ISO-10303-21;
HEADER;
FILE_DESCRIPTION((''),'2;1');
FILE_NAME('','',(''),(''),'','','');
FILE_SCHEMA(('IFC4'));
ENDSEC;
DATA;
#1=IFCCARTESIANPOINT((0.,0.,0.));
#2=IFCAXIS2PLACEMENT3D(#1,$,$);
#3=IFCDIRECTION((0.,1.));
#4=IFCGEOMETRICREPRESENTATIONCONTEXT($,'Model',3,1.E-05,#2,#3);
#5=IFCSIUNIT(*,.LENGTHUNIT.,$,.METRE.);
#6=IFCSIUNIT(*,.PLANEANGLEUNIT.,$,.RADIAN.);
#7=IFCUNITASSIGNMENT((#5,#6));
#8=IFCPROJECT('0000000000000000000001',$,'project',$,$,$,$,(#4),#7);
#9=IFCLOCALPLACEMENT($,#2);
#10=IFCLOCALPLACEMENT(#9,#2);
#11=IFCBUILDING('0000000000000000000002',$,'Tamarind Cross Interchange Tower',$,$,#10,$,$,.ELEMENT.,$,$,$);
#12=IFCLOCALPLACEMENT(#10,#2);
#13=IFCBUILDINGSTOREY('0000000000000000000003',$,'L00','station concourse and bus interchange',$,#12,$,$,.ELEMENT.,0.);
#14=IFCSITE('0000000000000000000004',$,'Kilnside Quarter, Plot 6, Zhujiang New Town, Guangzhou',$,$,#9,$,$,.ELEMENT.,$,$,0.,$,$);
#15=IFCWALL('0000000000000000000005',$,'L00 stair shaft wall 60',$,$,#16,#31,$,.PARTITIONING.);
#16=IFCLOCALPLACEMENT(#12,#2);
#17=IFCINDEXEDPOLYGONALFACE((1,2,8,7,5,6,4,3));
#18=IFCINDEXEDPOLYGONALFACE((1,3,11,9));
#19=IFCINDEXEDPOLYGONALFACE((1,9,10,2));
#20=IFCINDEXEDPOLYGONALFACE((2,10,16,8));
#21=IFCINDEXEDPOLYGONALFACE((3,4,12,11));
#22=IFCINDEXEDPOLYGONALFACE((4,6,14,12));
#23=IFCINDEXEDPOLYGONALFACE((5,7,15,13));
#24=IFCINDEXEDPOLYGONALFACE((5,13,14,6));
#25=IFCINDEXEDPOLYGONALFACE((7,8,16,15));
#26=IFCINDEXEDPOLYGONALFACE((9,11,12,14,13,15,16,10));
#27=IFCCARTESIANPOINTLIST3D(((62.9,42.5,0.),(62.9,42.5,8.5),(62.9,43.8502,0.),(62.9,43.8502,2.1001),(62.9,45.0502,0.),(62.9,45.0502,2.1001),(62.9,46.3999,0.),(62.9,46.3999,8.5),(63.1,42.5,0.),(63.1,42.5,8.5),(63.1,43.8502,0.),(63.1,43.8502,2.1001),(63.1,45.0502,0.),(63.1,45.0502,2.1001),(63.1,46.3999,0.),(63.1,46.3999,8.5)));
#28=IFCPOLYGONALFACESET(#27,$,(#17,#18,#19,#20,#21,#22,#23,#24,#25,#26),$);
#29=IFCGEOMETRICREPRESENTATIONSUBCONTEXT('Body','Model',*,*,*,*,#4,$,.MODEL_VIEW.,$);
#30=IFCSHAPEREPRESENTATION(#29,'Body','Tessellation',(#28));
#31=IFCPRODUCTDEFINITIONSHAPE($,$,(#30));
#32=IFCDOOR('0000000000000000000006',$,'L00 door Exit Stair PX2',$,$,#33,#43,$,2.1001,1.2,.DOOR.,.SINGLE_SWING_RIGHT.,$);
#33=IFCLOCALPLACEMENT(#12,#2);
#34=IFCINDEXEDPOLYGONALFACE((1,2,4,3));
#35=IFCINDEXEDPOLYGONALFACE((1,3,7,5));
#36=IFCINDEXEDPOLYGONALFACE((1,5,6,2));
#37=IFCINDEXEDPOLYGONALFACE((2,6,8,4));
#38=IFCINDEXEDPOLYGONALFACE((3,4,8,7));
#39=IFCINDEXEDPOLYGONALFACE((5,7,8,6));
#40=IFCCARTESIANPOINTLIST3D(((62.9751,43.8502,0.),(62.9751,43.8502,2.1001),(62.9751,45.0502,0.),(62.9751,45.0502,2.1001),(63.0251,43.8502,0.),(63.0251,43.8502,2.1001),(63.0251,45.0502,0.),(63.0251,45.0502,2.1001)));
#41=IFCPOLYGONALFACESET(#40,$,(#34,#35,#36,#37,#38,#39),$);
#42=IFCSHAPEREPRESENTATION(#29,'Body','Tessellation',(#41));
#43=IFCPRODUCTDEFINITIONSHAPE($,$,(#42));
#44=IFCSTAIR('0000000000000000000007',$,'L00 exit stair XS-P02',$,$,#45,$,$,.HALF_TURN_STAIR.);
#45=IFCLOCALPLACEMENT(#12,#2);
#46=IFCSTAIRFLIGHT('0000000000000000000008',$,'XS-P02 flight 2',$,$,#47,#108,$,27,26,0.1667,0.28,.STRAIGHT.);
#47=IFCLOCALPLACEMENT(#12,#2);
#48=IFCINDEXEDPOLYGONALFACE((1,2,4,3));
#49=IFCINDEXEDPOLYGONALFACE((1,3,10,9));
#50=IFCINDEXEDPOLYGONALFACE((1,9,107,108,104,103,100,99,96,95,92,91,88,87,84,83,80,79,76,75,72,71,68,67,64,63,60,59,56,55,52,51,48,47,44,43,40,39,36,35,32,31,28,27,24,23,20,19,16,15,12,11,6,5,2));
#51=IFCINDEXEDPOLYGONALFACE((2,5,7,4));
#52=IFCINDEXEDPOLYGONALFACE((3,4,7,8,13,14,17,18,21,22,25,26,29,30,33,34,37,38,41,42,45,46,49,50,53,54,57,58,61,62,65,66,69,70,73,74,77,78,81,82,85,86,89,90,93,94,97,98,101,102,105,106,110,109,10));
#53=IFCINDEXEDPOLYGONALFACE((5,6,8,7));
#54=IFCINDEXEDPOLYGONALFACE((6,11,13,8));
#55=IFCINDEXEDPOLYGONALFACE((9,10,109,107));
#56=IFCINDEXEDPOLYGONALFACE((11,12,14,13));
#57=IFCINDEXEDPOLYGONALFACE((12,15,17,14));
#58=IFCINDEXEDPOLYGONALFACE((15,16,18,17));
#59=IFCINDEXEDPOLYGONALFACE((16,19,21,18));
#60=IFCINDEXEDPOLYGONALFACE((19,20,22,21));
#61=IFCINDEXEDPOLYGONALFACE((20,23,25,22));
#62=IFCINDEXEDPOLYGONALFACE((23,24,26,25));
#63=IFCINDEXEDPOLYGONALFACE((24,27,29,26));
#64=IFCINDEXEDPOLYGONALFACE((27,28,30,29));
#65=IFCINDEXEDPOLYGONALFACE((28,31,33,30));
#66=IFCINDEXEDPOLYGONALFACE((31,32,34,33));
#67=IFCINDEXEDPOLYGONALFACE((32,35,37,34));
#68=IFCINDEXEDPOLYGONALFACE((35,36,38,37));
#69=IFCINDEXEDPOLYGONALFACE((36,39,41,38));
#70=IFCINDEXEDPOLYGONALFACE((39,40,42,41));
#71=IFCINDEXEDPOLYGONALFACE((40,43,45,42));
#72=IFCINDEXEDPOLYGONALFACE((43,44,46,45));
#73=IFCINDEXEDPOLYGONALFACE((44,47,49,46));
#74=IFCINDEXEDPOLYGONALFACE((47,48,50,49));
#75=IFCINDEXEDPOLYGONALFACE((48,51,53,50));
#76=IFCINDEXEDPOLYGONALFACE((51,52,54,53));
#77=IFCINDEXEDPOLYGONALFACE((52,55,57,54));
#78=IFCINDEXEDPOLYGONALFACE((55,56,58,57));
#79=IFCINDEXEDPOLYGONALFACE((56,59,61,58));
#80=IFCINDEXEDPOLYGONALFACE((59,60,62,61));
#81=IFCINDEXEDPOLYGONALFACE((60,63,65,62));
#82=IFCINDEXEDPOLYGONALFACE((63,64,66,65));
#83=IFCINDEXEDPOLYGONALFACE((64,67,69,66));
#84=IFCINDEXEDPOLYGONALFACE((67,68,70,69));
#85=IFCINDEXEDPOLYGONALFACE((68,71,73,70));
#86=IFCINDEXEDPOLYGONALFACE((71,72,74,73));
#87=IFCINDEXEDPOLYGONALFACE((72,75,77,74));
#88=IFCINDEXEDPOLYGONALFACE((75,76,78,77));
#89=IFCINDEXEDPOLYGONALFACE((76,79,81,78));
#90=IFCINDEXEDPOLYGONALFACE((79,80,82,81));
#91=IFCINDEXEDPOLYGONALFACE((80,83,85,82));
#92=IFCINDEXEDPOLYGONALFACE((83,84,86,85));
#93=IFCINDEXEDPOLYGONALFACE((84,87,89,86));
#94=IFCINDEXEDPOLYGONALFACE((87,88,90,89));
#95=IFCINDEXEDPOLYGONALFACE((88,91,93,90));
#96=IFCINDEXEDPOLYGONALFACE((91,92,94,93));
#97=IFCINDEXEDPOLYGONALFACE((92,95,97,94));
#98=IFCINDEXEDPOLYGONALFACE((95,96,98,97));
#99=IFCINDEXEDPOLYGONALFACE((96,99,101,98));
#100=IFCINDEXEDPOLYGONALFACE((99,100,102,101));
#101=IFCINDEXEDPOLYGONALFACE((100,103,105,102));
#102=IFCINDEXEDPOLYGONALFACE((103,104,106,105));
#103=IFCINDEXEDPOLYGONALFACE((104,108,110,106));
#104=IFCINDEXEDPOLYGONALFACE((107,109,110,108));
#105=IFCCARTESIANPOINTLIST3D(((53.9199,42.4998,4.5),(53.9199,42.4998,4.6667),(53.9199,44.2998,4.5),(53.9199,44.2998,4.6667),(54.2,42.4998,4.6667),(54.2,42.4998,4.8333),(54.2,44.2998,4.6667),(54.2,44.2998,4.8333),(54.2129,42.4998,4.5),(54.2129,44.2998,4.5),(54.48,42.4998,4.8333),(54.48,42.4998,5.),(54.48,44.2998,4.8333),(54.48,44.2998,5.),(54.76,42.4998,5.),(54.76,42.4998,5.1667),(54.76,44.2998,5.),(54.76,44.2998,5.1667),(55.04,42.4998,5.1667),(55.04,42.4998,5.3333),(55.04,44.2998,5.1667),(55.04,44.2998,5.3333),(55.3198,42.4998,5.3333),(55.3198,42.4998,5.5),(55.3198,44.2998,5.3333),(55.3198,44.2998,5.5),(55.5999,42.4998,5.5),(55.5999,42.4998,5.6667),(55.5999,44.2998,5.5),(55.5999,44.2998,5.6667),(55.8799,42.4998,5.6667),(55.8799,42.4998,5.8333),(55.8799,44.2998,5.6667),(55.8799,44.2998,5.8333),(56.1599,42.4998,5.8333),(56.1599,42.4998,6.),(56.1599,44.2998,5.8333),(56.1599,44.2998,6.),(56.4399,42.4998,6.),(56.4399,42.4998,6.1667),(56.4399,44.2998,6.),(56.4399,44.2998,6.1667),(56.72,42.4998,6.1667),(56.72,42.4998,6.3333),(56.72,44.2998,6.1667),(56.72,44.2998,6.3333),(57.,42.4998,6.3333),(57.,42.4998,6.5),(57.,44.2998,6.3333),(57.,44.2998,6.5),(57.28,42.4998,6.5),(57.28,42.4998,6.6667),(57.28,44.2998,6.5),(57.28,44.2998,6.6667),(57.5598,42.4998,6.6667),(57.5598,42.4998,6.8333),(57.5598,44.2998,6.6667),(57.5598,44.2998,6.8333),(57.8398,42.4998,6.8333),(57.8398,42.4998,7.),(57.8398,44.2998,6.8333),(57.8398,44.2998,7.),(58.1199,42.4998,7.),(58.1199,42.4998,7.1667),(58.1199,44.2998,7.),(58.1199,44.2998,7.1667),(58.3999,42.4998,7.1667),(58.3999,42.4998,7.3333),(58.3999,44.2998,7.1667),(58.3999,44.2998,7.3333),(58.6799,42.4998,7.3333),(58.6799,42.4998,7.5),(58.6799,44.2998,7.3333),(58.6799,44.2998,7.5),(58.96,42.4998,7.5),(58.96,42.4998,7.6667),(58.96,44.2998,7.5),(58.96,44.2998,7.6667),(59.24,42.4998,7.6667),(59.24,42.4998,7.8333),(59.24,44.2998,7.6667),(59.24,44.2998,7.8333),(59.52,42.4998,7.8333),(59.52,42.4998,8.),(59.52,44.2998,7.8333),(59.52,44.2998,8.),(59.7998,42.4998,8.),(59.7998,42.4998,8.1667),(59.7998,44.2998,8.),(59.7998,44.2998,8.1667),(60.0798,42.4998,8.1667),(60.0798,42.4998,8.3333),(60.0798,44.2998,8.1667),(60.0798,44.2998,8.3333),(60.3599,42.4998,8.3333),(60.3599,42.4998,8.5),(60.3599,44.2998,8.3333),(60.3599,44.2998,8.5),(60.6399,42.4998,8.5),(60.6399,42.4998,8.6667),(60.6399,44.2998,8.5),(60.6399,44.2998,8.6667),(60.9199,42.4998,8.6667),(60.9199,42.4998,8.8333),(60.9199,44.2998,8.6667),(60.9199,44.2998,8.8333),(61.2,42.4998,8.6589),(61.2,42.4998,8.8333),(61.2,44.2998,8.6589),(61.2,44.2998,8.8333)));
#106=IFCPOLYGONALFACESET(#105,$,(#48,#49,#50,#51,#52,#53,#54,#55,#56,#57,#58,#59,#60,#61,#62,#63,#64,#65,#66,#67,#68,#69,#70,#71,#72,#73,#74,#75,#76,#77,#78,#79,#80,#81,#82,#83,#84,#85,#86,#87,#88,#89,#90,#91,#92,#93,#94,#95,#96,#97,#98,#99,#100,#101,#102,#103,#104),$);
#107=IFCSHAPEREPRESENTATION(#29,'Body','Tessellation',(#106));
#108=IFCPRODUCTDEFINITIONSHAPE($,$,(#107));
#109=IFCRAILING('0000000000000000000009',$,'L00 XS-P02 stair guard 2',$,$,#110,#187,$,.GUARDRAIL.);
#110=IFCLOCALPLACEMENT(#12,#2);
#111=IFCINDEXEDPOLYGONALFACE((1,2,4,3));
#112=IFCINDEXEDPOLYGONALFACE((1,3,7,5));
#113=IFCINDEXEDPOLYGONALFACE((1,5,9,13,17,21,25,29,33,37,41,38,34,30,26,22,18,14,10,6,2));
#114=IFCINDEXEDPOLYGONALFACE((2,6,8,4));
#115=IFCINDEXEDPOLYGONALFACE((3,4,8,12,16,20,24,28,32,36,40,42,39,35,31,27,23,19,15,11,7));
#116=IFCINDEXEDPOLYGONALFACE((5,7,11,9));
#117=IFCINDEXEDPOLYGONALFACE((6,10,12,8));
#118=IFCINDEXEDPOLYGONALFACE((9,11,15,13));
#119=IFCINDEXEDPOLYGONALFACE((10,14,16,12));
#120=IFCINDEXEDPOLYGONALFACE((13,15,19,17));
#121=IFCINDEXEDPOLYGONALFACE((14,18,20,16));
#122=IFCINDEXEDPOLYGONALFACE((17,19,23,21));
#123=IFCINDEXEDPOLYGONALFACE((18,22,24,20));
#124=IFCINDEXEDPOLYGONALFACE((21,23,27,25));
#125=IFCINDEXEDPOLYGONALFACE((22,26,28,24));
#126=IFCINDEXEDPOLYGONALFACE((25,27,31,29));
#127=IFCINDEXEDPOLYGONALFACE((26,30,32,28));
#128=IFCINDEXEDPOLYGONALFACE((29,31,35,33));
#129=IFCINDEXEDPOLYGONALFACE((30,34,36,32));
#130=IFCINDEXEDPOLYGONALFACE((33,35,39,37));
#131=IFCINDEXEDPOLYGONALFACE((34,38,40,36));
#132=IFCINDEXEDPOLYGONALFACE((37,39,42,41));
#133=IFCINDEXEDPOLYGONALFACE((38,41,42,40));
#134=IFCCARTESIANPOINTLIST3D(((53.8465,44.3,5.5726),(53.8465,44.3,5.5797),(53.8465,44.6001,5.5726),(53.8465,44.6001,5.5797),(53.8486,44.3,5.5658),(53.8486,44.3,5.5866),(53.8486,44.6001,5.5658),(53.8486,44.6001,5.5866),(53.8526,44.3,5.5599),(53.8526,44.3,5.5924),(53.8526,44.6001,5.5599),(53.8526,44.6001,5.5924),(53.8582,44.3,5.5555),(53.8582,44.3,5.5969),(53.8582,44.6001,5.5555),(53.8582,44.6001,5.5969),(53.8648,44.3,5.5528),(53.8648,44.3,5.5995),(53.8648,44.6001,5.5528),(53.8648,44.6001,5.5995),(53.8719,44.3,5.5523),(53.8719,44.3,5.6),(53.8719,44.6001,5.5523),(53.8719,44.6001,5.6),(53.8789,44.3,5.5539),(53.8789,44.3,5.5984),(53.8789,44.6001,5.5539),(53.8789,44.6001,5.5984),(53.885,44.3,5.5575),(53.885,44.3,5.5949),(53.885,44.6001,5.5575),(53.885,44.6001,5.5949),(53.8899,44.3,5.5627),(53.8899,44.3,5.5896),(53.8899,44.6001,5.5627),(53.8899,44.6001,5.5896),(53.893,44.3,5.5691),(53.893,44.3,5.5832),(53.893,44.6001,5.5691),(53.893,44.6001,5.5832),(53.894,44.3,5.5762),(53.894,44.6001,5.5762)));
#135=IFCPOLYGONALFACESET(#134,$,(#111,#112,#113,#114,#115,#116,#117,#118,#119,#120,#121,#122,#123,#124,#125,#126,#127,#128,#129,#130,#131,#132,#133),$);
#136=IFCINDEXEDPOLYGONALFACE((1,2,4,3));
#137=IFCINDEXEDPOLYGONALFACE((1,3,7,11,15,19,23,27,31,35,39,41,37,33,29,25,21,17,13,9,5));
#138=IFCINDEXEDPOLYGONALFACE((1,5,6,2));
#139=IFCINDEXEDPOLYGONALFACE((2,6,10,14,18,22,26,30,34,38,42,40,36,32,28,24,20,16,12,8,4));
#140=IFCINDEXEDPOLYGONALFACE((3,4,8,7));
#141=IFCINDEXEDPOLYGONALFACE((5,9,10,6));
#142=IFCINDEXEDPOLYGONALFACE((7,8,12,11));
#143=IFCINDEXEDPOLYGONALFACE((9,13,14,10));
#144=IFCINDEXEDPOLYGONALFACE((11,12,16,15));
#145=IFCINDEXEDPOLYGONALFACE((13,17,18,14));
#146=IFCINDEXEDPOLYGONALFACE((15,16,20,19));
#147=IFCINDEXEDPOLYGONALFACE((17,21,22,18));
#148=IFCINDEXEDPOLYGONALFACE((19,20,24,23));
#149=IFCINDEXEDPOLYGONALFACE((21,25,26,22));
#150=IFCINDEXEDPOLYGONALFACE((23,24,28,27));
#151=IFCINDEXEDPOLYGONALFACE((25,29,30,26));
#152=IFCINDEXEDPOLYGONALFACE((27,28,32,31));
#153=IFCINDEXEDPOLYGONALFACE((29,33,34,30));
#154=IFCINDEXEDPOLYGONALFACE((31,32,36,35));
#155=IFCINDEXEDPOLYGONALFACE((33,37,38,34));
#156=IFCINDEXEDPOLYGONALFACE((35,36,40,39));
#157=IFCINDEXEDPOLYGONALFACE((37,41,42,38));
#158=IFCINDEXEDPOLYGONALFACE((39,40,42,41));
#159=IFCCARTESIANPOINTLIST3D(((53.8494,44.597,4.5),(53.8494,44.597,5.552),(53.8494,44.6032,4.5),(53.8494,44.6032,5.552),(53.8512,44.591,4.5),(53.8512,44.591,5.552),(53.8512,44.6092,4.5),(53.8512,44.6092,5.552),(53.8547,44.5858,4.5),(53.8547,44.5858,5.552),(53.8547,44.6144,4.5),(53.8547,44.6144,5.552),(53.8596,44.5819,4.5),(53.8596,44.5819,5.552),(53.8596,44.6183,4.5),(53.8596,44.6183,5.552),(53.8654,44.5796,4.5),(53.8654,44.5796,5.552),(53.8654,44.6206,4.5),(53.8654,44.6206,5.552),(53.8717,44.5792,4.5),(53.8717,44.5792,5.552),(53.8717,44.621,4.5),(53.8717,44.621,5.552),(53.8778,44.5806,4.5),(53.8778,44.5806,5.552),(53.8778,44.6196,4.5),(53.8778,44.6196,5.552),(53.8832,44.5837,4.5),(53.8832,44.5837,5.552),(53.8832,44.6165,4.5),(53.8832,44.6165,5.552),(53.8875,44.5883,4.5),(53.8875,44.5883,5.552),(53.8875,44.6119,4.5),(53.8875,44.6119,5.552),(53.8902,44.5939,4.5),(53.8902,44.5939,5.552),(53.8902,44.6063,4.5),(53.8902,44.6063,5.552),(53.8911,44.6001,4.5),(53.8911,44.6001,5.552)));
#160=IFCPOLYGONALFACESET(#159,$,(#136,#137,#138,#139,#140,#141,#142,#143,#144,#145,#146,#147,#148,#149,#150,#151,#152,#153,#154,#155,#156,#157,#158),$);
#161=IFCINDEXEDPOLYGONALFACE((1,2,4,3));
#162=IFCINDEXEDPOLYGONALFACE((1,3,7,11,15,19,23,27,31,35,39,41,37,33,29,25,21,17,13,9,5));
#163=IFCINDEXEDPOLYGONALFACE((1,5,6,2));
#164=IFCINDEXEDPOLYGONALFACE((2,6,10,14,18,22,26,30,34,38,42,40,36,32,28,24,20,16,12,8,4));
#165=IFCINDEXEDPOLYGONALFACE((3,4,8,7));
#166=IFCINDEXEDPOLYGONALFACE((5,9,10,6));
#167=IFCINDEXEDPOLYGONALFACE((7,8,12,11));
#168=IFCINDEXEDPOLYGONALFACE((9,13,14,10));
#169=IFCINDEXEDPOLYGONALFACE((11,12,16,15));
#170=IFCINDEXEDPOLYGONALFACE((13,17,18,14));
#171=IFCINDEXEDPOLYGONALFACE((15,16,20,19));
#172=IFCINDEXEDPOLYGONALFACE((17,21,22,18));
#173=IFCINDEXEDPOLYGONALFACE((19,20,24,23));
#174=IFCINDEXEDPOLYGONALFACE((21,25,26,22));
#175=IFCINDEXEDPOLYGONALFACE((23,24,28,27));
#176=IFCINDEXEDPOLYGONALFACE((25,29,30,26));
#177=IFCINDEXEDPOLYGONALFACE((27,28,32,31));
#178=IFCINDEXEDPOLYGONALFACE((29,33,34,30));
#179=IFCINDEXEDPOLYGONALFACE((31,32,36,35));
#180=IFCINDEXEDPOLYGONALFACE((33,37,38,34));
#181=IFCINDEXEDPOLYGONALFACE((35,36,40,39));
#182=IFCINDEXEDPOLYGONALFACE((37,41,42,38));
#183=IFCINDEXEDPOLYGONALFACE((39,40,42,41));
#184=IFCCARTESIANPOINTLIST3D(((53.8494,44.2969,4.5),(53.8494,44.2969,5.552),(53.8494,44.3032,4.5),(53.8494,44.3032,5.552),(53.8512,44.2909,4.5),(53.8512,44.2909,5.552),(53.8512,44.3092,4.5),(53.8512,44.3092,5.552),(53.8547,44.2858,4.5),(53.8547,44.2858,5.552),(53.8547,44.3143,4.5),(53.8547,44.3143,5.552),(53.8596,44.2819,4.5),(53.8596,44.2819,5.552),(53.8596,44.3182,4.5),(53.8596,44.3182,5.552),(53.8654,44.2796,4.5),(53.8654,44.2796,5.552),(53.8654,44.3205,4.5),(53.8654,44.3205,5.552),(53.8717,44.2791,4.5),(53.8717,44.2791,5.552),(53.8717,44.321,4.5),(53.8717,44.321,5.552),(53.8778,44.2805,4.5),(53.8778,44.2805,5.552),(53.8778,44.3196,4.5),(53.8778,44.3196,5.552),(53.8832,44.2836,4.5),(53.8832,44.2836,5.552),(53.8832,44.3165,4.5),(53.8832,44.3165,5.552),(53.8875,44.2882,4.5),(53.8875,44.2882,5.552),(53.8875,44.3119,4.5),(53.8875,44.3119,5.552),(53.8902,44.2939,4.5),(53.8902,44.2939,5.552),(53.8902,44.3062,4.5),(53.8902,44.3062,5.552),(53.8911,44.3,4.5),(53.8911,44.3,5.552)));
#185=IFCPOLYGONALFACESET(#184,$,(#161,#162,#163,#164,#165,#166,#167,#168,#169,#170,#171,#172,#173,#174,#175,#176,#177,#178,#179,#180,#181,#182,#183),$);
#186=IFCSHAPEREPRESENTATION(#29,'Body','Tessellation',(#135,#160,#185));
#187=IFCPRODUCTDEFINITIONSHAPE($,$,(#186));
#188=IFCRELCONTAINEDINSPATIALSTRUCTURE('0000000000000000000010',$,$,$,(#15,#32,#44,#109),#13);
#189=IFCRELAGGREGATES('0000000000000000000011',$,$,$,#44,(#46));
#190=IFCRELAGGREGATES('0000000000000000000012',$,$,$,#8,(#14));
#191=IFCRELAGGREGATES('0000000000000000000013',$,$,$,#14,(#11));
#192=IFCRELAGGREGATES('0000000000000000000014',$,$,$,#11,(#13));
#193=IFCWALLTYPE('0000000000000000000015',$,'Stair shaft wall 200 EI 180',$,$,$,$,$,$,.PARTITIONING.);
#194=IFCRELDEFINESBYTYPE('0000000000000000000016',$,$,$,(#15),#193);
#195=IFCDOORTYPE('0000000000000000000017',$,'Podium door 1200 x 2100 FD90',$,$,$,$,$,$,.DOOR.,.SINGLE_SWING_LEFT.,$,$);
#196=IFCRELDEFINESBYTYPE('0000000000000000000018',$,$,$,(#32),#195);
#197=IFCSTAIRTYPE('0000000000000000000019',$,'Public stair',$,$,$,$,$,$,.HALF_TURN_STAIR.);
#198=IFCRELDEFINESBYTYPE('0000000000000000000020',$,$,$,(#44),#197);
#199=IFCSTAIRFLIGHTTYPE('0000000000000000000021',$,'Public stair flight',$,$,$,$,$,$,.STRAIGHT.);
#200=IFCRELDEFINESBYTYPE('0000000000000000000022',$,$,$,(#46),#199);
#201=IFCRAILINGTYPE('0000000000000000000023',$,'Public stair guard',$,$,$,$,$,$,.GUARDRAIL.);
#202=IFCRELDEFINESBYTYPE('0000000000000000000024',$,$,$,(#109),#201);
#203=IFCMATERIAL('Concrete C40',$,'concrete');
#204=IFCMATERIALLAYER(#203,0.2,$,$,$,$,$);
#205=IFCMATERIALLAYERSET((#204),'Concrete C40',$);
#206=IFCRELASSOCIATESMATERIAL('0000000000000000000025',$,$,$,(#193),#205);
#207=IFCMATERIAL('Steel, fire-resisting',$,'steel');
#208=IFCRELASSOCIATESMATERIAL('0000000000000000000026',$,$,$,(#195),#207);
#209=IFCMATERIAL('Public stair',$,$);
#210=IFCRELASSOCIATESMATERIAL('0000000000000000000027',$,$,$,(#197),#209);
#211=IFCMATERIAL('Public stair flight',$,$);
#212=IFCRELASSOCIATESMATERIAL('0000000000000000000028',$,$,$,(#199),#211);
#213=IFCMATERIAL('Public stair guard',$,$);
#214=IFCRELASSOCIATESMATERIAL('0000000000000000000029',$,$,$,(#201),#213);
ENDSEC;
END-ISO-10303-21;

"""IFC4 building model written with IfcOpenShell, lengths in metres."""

from ifc_helpers import new_model, si_unit, direction, frame, frame_2d, origin, origin_2d, place, context, subcontext, project, spatial, polyline, rectangle, circle, outline, extrude, material, layer, layer_set, type_object, element, fill, aggregate, save


model = new_model("IFC4")

# Units and contexts
model_context = context("Model", 3, precision=1e-05, world=origin(), true_north=direction((0.0, 1.0)))
body_context = subcontext(model_context, "Body", "Model", "MODEL_VIEW")
ifc_project = project(units=[si_unit("LENGTHUNIT", "METRE"), si_unit("PLANEANGLEUNIT", "RADIAN")], contexts=[model_context])

# Site, building, storey
site_placement = place(None, origin())
site = spatial("IfcSite", under=ifc_project, at=site_placement, Name="Kilnside Quarter, Plot 6, Zhujiang New Town, Guangzhou", CompositionType="ELEMENT", RefElevation=0.0)
building_placement = place(site_placement, origin())
building = spatial("IfcBuilding", under=site, at=building_placement, Name="Tamarind Cross Interchange Tower", CompositionType="ELEMENT")
storey_placement = place(building_placement, origin())
storey = spatial("IfcBuildingStorey", under=building, at=storey_placement, Name="L00", Description="station concourse and bus interchange", CompositionType="ELEMENT", Elevation=0.0)

# Shared definitions
ifc_material_1 = material(Name="Concrete C40", Category="concrete")
ifc_layer_1 = layer(ifc_material_1, 0.2)
ifc_layer_set_1 = layer_set([ifc_layer_1], Name="Concrete C40")
wall_type_1 = type_object("IfcWallType", Name="Stair shaft wall 200 EI 180", PredefinedType="PARTITIONING", material=ifc_layer_set_1)

# Wall, opening, door
wall_1_placement = place(storey_placement, frame((63.0, 42.5, 0.0), z_axis=(0.0, 0.0, 1.0), x_axis=(0.0, 1.0, 0.0)))
wall_1 = element("IfcWall", 1, at=wall_1_placement, inside=storey, type_object=wall_type_1, Name="L00 stair shaft wall 60", PredefinedType="PARTITIONING", context=body_context, shape_type="SweptSolid", body=[
    extrude(rectangle(XDim=3.8999, YDim=0.2, at=frame_2d((1.95, 0.0))), origin(), (0.0, 0.0, 1.0), 8.5),
])
opening_1_placement = place(wall_1_placement, frame((1.3501, 0.0, 0.0)))
opening_1 = element("IfcOpeningElement", 2, at=opening_1_placement, cuts=wall_1, PredefinedType="OPENING", context=body_context, shape_type="SweptSolid", body=[
    extrude(rectangle(XDim=1.2, YDim=2.1001, at=frame_2d((0.6001, 1.05))), frame((0.0, 0.1099, 0.0), z_axis=(0.0, -1.0, 0.0), x_axis=(1.0, 0.0, 0.0)), (0.0, 0.0, 1.0), 0.22),
])
ifc_material_2 = material(Name="Steel, fire-resisting", Category="steel")
door_type_1 = type_object("IfcDoorType", Name="Podium door 1200 x 2100 FD90", OperationType="SINGLE_SWING_LEFT", PredefinedType="DOOR", material=ifc_material_2)
door_1_placement = place(opening_1_placement, origin())
door_1 = element("IfcDoor", 3, at=door_1_placement, inside=storey, type_object=door_type_1, Name="L00 door Exit Stair PX2", OperationType="SINGLE_SWING_RIGHT", OverallHeight=2.1001, OverallWidth=1.2, PredefinedType="DOOR", context=body_context, shape_type="SweptSolid", body=[
    extrude(rectangle(XDim=1.2, YDim=2.1001, at=frame_2d((0.6001, 1.05))), frame((0.0, 0.0249, 0.0), z_axis=(0.0, -1.0, 0.0), x_axis=(1.0, 0.0, 0.0)), (0.0, 0.0, 1.0), 0.05),
])
fill(opening_1, door_1)

# Stair, stair flight
ifc_material_3 = material(Name="Public stair")
stair_type = type_object("IfcStairType", Name="Public stair", PredefinedType="HALF_TURN_STAIR", material=ifc_material_3)
stair_placement = place(storey_placement, origin())
stair = element("IfcStair", 4, at=stair_placement, inside=storey, type_object=stair_type, Name="L00 exit stair XS-P02", PredefinedType="HALF_TURN_STAIR")
ifc_material_4 = material(Name="Public stair flight")
stair_flight_type = type_object("IfcStairFlightType", Name="Public stair flight", PredefinedType="STRAIGHT", material=ifc_material_4)
stair_flight_placement = place(storey_placement, frame((53.9199, 43.3999, 4.5), z_axis=(0.0, 0.0, 1.0), x_axis=(1.0, 0.0, 0.0)))
stair_flight = element("IfcStairFlight", 5, at=stair_flight_placement, type_object=stair_flight_type, Name="XS-P02 flight 2", NumberOfRisers=27, NumberOfTreads=26, PredefinedType="STRAIGHT", RiserHeight=0.1667, TreadLength=0.28, context=body_context, shape_type="SweptSolid", body=[
    extrude(outline(polyline([(0.0, 0.0), (0.0, 0.1667), (0.28, 0.1667), (0.28, 0.3333), (0.5601, 0.3333), (0.5601, 0.5), (0.8401, 0.5), (0.8401, 0.6667), (1.1201, 0.6667), (1.1201, 0.8333), (1.3999, 0.8333), (1.3999, 1.0), (1.6799, 1.0), (1.6799, 1.1667), (1.96, 1.1667), (1.96, 1.3333), (2.24, 1.3333), (2.24, 1.5), (2.52, 1.5), (2.52, 1.6667), (2.8, 1.6667), (2.8, 1.8333), (3.0801, 1.8333), (3.0801, 2.0), (3.3601, 2.0), (3.3601, 2.1667), (3.6399, 2.1667), (3.6399, 2.3333), (3.9199, 2.3333), (3.9199, 2.5), (4.2, 2.5), (4.2, 2.6667), (4.48, 2.6667), (4.48, 2.8333), (4.76, 2.8333), (4.76, 3.0), (5.04, 3.0), (5.04, 3.1667), (5.3201, 3.1667), (5.3201, 3.3333), (5.6001, 3.3333), (5.6001, 3.5), (5.8799, 3.5), (5.8799, 3.6667), (6.1599, 3.6667), (6.1599, 3.8333), (6.4399, 3.8333), (6.4399, 4.0), (6.72, 4.0), (6.72, 4.1667), (7.0, 4.1667), (7.0, 4.3333), (7.28, 4.3333), (7.28, 4.5), (7.28, 4.1589), (0.293, 0.0), (0.0, 0.0)])), frame((0.0, 0.8999, 0.0), z_axis=(0.0, -1.0, 0.0), x_axis=(1.0, 0.0, 0.0)), (0.0, 0.0, 1.0), 1.8),
])
aggregate(stair, [stair_flight])

# Railing
ifc_material_5 = material(Name="Public stair guard")
railing_type_1 = type_object("IfcRailingType", Name="Public stair guard", PredefinedType="GUARDRAIL", material=ifc_material_5)
railing_1_placement = place(storey_placement, frame((53.8701, 44.6001, 4.5)))
element("IfcRailing", 6, at=railing_1_placement, inside=storey, type_object=railing_type_1, Name="L00 XS-P02 stair guard 2", PredefinedType="GUARDRAIL", context=body_context, shape_type="SweptSolid", body=[
    extrude(circle(Radius=0.0239, at=origin_2d()), frame((0.0, 0.0, 1.0762), z_axis=(0.0, -1.0, 0.0), x_axis=(1.0, 0.0, 0.0)), (0.0, 0.0, 1.0), 0.3),
    extrude(circle(Radius=0.021, at=origin_2d()), origin(), (0.0, 0.0, 1.0), 1.052),
    extrude(circle(Radius=0.021, at=origin_2d()), frame((0.0, -0.3, 0.0)), (0.0, 0.0, 1.0), 1.052),
])

save(model, "model.ifc")
